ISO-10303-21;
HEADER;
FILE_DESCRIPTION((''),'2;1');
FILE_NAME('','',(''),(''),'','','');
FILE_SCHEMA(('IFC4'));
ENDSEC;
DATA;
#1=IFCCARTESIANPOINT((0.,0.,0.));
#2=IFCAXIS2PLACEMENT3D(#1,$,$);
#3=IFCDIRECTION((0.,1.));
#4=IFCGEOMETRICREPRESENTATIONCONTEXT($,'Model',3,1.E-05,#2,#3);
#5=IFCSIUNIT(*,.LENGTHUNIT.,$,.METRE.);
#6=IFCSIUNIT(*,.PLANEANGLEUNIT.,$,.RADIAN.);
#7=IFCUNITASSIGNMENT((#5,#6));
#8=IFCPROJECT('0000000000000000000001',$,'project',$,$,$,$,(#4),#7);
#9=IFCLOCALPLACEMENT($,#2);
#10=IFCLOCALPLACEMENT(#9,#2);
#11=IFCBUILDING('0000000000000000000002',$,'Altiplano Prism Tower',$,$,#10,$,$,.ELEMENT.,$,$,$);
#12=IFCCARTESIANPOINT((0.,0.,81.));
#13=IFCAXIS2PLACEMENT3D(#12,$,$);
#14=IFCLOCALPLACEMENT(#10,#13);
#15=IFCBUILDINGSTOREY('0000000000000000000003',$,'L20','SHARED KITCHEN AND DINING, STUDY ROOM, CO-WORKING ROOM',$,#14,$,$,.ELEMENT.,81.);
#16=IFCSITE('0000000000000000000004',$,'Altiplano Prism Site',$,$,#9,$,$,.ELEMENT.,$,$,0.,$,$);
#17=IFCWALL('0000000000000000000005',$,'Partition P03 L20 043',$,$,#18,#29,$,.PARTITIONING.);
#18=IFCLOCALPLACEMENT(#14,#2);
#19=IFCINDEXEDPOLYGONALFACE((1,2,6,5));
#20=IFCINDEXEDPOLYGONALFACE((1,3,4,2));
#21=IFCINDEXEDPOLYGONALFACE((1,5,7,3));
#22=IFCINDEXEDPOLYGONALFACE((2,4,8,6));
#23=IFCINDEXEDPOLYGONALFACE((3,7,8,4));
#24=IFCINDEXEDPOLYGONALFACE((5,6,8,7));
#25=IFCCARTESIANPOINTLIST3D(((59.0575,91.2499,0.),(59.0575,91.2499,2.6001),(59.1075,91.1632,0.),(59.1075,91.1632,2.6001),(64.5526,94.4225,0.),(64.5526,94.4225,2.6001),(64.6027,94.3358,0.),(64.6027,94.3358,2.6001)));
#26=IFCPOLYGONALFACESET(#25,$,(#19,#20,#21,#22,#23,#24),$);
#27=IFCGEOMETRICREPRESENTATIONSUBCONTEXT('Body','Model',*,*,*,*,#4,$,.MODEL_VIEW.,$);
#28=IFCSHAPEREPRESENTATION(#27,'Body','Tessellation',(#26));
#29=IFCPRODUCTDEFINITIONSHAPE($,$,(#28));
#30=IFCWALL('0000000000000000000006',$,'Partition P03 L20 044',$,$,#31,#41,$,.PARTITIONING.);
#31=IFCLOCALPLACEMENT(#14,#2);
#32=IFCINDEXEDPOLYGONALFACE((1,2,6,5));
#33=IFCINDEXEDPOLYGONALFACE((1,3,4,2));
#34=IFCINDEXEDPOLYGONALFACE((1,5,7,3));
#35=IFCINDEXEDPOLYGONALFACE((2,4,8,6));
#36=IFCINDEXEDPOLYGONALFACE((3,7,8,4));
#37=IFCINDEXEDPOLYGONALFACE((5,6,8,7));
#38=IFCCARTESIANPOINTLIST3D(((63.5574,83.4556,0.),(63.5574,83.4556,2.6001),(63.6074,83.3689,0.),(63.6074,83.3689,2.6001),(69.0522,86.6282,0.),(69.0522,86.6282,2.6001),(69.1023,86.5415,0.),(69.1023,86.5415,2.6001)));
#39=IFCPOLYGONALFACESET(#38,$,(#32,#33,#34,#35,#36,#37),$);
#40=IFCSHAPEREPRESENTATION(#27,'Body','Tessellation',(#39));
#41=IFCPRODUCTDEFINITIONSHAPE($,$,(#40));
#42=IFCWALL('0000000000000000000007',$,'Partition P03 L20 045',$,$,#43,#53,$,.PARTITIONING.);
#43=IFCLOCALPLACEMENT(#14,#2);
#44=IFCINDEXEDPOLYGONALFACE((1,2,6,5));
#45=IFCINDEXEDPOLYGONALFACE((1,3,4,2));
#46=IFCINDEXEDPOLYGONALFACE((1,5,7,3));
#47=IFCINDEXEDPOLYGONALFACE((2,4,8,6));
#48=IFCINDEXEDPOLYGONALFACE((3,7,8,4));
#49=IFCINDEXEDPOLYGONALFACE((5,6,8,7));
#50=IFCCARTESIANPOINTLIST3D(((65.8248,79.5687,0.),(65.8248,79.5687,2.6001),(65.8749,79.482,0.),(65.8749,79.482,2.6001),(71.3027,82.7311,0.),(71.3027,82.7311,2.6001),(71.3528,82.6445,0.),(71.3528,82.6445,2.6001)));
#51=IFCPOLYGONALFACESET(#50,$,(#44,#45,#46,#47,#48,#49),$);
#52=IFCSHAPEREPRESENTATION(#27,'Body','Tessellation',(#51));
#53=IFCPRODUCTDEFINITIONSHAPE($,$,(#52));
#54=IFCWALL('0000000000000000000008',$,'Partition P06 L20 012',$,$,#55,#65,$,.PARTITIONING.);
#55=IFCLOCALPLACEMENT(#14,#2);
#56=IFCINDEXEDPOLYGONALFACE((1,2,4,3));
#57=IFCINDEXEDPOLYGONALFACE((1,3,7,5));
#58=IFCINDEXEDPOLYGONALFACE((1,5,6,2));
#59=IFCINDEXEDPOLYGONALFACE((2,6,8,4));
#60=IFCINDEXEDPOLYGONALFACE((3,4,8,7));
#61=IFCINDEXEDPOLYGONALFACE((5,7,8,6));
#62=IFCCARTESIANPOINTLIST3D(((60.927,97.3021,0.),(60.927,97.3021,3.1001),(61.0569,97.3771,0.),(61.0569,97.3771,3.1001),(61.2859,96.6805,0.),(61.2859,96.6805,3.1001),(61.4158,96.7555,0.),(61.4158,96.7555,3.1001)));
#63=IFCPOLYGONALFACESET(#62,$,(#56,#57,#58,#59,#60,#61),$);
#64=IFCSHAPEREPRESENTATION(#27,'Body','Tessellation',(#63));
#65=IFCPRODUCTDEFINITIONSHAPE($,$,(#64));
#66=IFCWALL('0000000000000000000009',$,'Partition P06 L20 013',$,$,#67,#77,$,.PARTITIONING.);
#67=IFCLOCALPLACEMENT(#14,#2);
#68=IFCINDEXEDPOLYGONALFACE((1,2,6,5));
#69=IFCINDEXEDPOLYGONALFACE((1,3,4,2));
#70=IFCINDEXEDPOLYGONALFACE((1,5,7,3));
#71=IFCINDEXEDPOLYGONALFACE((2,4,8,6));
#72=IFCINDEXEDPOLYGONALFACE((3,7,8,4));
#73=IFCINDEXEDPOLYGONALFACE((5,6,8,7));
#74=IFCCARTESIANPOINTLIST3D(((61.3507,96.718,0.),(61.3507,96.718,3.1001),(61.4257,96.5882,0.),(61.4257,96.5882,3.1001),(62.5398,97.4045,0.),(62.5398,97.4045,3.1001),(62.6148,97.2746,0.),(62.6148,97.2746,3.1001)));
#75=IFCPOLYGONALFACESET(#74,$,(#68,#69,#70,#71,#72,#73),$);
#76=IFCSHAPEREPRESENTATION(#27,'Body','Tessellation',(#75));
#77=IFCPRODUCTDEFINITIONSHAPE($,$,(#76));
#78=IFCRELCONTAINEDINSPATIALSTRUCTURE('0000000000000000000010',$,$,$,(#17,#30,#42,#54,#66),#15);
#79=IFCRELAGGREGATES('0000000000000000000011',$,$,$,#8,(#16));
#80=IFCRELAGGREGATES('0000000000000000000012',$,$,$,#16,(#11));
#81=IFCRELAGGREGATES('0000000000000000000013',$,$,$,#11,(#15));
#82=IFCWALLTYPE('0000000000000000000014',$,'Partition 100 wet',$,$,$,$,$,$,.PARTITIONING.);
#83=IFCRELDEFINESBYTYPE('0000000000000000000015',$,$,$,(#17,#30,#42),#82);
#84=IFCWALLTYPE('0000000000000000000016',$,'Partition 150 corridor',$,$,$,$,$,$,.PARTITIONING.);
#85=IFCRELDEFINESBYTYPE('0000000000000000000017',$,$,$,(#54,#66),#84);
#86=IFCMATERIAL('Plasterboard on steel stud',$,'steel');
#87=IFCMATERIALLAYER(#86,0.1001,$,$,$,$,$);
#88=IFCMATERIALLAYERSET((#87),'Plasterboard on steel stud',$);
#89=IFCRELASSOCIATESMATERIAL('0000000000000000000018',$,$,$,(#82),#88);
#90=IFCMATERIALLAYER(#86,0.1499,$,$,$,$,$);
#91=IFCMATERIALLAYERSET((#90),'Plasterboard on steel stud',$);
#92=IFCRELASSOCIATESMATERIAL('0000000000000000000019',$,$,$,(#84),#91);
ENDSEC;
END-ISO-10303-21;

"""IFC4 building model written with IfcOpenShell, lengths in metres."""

from ifc_helpers import new_model, si_unit, direction, frame, frame_2d, origin, place, context, subcontext, project, spatial, rectangle, extrude, material, layer, layer_set, type_object, element, save


model = new_model("IFC4")

# Units and contexts
model_context = context("Model", 3, precision=1e-05, world=origin(), true_north=direction((0.0, 1.0)))
body_context = subcontext(model_context, "Body", "Model", "MODEL_VIEW")
ifc_project = project(units=[si_unit("LENGTHUNIT", "METRE"), si_unit("PLANEANGLEUNIT", "RADIAN")], contexts=[model_context])

# Site, building, storey
site_placement = place(None, origin())
site = spatial("IfcSite", under=ifc_project, at=site_placement, Name="Altiplano Prism Site", CompositionType="ELEMENT", RefElevation=0.0)
building_placement = place(site_placement, origin())
building = spatial("IfcBuilding", under=site, at=building_placement, Name="Altiplano Prism Tower", CompositionType="ELEMENT")
storey_placement = place(building_placement, frame((0.0, 0.0, 81.0)))
storey = spatial("IfcBuildingStorey", under=building, at=storey_placement, Name="L20", Description="SHARED KITCHEN AND DINING, STUDY ROOM, CO-WORKING ROOM", CompositionType="ELEMENT", Elevation=81.0)

# Walls
ifc_material_1 = material(Name="Plasterboard on steel stud", Category="steel")
ifc_layer_1 = layer(ifc_material_1, 0.1001)
ifc_layer_set_1 = layer_set([ifc_layer_1], Name="Plasterboard on steel stud")
wall_type_1 = type_object("IfcWallType", Name="Partition 100 wet", PredefinedType="PARTITIONING", material=ifc_layer_set_1)
wall_1_placement = place(storey_placement, frame((59.0825, 91.2065, 0.0), z_axis=(0.0, 0.0, 1.0), x_axis=(0.866025, 0.5, 0.0)))
element("IfcWall", 1, at=wall_1_placement, inside=storey, type_object=wall_type_1, Name="Partition P03 L20 043", PredefinedType="PARTITIONING", context=body_context, shape_type="SweptSolid", body=[
    extrude(rectangle(XDim=6.3452, YDim=0.1001, at=frame_2d((3.1726, 0.0))), origin(), (0.0, 0.0, 1.0), 2.6001),
])
wall_2_placement = place(storey_placement, frame((63.5825, 83.4124, 0.0), z_axis=(0.0, 0.0, 1.0), x_axis=(0.866016, 0.500017, 0.0)))
element("IfcWall", 2, at=wall_2_placement, inside=storey, type_object=wall_type_1, Name="Partition P03 L20 044", PredefinedType="PARTITIONING", context=body_context, shape_type="SweptSolid", body=[
    extrude(rectangle(XDim=6.345, YDim=0.1001, at=frame_2d((3.1724, 0.0))), origin(), (0.0, 0.0, 1.0), 2.6001),
])
wall_3_placement = place(storey_placement, frame((65.8499, 79.5254, 0.0), z_axis=(0.0, 0.0, 1.0), x_axis=(0.866042, 0.499971, 0.0)))
element("IfcWall", 3, at=wall_3_placement, inside=storey, type_object=wall_type_1, Name="Partition P03 L20 045", PredefinedType="PARTITIONING", context=body_context, shape_type="SweptSolid", body=[
    extrude(rectangle(XDim=6.3252, YDim=0.1001, at=frame_2d((3.1626, 0.0))), origin(), (0.0, 0.0, 1.0), 2.6001),
])
ifc_layer_2 = layer(ifc_material_1, 0.1499)
ifc_layer_set_2 = layer_set([ifc_layer_2], Name="Plasterboard on steel stud")
wall_type_2 = type_object("IfcWallType", Name="Partition 150 corridor", PredefinedType="PARTITIONING", material=ifc_layer_set_2)
wall_4_placement = place(storey_placement, frame((60.9919, 97.3396, 0.0), z_axis=(0.0, 0.0, 1.0), x_axis=(0.500017, -0.866016, 0.0)))
element("IfcWall", 4, at=wall_4_placement, inside=storey, type_object=wall_type_2, Name="Partition P06 L20 012", PredefinedType="PARTITIONING", context=body_context, shape_type="SweptSolid", body=[
    extrude(rectangle(XDim=0.7178, YDim=0.1499, at=frame_2d((0.3589, 0.0))), origin(), (0.0, 0.0, 1.0), 3.1001),
])
wall_5_placement = place(storey_placement, frame((61.3882, 96.6531, 0.0), z_axis=(0.0, 0.0, 1.0), x_axis=(0.866046, 0.499964, 0.0)))
element("IfcWall", 5, at=wall_5_placement, inside=storey, type_object=wall_type_2, Name="Partition P06 L20 013", PredefinedType="PARTITIONING", context=body_context, shape_type="SweptSolid", body=[
    extrude(rectangle(XDim=1.373, YDim=0.1499, at=frame_2d((0.6865, 0.0))), origin(), (0.0, 0.0, 1.0), 3.1001),
])

save(model, "model.ifc")
